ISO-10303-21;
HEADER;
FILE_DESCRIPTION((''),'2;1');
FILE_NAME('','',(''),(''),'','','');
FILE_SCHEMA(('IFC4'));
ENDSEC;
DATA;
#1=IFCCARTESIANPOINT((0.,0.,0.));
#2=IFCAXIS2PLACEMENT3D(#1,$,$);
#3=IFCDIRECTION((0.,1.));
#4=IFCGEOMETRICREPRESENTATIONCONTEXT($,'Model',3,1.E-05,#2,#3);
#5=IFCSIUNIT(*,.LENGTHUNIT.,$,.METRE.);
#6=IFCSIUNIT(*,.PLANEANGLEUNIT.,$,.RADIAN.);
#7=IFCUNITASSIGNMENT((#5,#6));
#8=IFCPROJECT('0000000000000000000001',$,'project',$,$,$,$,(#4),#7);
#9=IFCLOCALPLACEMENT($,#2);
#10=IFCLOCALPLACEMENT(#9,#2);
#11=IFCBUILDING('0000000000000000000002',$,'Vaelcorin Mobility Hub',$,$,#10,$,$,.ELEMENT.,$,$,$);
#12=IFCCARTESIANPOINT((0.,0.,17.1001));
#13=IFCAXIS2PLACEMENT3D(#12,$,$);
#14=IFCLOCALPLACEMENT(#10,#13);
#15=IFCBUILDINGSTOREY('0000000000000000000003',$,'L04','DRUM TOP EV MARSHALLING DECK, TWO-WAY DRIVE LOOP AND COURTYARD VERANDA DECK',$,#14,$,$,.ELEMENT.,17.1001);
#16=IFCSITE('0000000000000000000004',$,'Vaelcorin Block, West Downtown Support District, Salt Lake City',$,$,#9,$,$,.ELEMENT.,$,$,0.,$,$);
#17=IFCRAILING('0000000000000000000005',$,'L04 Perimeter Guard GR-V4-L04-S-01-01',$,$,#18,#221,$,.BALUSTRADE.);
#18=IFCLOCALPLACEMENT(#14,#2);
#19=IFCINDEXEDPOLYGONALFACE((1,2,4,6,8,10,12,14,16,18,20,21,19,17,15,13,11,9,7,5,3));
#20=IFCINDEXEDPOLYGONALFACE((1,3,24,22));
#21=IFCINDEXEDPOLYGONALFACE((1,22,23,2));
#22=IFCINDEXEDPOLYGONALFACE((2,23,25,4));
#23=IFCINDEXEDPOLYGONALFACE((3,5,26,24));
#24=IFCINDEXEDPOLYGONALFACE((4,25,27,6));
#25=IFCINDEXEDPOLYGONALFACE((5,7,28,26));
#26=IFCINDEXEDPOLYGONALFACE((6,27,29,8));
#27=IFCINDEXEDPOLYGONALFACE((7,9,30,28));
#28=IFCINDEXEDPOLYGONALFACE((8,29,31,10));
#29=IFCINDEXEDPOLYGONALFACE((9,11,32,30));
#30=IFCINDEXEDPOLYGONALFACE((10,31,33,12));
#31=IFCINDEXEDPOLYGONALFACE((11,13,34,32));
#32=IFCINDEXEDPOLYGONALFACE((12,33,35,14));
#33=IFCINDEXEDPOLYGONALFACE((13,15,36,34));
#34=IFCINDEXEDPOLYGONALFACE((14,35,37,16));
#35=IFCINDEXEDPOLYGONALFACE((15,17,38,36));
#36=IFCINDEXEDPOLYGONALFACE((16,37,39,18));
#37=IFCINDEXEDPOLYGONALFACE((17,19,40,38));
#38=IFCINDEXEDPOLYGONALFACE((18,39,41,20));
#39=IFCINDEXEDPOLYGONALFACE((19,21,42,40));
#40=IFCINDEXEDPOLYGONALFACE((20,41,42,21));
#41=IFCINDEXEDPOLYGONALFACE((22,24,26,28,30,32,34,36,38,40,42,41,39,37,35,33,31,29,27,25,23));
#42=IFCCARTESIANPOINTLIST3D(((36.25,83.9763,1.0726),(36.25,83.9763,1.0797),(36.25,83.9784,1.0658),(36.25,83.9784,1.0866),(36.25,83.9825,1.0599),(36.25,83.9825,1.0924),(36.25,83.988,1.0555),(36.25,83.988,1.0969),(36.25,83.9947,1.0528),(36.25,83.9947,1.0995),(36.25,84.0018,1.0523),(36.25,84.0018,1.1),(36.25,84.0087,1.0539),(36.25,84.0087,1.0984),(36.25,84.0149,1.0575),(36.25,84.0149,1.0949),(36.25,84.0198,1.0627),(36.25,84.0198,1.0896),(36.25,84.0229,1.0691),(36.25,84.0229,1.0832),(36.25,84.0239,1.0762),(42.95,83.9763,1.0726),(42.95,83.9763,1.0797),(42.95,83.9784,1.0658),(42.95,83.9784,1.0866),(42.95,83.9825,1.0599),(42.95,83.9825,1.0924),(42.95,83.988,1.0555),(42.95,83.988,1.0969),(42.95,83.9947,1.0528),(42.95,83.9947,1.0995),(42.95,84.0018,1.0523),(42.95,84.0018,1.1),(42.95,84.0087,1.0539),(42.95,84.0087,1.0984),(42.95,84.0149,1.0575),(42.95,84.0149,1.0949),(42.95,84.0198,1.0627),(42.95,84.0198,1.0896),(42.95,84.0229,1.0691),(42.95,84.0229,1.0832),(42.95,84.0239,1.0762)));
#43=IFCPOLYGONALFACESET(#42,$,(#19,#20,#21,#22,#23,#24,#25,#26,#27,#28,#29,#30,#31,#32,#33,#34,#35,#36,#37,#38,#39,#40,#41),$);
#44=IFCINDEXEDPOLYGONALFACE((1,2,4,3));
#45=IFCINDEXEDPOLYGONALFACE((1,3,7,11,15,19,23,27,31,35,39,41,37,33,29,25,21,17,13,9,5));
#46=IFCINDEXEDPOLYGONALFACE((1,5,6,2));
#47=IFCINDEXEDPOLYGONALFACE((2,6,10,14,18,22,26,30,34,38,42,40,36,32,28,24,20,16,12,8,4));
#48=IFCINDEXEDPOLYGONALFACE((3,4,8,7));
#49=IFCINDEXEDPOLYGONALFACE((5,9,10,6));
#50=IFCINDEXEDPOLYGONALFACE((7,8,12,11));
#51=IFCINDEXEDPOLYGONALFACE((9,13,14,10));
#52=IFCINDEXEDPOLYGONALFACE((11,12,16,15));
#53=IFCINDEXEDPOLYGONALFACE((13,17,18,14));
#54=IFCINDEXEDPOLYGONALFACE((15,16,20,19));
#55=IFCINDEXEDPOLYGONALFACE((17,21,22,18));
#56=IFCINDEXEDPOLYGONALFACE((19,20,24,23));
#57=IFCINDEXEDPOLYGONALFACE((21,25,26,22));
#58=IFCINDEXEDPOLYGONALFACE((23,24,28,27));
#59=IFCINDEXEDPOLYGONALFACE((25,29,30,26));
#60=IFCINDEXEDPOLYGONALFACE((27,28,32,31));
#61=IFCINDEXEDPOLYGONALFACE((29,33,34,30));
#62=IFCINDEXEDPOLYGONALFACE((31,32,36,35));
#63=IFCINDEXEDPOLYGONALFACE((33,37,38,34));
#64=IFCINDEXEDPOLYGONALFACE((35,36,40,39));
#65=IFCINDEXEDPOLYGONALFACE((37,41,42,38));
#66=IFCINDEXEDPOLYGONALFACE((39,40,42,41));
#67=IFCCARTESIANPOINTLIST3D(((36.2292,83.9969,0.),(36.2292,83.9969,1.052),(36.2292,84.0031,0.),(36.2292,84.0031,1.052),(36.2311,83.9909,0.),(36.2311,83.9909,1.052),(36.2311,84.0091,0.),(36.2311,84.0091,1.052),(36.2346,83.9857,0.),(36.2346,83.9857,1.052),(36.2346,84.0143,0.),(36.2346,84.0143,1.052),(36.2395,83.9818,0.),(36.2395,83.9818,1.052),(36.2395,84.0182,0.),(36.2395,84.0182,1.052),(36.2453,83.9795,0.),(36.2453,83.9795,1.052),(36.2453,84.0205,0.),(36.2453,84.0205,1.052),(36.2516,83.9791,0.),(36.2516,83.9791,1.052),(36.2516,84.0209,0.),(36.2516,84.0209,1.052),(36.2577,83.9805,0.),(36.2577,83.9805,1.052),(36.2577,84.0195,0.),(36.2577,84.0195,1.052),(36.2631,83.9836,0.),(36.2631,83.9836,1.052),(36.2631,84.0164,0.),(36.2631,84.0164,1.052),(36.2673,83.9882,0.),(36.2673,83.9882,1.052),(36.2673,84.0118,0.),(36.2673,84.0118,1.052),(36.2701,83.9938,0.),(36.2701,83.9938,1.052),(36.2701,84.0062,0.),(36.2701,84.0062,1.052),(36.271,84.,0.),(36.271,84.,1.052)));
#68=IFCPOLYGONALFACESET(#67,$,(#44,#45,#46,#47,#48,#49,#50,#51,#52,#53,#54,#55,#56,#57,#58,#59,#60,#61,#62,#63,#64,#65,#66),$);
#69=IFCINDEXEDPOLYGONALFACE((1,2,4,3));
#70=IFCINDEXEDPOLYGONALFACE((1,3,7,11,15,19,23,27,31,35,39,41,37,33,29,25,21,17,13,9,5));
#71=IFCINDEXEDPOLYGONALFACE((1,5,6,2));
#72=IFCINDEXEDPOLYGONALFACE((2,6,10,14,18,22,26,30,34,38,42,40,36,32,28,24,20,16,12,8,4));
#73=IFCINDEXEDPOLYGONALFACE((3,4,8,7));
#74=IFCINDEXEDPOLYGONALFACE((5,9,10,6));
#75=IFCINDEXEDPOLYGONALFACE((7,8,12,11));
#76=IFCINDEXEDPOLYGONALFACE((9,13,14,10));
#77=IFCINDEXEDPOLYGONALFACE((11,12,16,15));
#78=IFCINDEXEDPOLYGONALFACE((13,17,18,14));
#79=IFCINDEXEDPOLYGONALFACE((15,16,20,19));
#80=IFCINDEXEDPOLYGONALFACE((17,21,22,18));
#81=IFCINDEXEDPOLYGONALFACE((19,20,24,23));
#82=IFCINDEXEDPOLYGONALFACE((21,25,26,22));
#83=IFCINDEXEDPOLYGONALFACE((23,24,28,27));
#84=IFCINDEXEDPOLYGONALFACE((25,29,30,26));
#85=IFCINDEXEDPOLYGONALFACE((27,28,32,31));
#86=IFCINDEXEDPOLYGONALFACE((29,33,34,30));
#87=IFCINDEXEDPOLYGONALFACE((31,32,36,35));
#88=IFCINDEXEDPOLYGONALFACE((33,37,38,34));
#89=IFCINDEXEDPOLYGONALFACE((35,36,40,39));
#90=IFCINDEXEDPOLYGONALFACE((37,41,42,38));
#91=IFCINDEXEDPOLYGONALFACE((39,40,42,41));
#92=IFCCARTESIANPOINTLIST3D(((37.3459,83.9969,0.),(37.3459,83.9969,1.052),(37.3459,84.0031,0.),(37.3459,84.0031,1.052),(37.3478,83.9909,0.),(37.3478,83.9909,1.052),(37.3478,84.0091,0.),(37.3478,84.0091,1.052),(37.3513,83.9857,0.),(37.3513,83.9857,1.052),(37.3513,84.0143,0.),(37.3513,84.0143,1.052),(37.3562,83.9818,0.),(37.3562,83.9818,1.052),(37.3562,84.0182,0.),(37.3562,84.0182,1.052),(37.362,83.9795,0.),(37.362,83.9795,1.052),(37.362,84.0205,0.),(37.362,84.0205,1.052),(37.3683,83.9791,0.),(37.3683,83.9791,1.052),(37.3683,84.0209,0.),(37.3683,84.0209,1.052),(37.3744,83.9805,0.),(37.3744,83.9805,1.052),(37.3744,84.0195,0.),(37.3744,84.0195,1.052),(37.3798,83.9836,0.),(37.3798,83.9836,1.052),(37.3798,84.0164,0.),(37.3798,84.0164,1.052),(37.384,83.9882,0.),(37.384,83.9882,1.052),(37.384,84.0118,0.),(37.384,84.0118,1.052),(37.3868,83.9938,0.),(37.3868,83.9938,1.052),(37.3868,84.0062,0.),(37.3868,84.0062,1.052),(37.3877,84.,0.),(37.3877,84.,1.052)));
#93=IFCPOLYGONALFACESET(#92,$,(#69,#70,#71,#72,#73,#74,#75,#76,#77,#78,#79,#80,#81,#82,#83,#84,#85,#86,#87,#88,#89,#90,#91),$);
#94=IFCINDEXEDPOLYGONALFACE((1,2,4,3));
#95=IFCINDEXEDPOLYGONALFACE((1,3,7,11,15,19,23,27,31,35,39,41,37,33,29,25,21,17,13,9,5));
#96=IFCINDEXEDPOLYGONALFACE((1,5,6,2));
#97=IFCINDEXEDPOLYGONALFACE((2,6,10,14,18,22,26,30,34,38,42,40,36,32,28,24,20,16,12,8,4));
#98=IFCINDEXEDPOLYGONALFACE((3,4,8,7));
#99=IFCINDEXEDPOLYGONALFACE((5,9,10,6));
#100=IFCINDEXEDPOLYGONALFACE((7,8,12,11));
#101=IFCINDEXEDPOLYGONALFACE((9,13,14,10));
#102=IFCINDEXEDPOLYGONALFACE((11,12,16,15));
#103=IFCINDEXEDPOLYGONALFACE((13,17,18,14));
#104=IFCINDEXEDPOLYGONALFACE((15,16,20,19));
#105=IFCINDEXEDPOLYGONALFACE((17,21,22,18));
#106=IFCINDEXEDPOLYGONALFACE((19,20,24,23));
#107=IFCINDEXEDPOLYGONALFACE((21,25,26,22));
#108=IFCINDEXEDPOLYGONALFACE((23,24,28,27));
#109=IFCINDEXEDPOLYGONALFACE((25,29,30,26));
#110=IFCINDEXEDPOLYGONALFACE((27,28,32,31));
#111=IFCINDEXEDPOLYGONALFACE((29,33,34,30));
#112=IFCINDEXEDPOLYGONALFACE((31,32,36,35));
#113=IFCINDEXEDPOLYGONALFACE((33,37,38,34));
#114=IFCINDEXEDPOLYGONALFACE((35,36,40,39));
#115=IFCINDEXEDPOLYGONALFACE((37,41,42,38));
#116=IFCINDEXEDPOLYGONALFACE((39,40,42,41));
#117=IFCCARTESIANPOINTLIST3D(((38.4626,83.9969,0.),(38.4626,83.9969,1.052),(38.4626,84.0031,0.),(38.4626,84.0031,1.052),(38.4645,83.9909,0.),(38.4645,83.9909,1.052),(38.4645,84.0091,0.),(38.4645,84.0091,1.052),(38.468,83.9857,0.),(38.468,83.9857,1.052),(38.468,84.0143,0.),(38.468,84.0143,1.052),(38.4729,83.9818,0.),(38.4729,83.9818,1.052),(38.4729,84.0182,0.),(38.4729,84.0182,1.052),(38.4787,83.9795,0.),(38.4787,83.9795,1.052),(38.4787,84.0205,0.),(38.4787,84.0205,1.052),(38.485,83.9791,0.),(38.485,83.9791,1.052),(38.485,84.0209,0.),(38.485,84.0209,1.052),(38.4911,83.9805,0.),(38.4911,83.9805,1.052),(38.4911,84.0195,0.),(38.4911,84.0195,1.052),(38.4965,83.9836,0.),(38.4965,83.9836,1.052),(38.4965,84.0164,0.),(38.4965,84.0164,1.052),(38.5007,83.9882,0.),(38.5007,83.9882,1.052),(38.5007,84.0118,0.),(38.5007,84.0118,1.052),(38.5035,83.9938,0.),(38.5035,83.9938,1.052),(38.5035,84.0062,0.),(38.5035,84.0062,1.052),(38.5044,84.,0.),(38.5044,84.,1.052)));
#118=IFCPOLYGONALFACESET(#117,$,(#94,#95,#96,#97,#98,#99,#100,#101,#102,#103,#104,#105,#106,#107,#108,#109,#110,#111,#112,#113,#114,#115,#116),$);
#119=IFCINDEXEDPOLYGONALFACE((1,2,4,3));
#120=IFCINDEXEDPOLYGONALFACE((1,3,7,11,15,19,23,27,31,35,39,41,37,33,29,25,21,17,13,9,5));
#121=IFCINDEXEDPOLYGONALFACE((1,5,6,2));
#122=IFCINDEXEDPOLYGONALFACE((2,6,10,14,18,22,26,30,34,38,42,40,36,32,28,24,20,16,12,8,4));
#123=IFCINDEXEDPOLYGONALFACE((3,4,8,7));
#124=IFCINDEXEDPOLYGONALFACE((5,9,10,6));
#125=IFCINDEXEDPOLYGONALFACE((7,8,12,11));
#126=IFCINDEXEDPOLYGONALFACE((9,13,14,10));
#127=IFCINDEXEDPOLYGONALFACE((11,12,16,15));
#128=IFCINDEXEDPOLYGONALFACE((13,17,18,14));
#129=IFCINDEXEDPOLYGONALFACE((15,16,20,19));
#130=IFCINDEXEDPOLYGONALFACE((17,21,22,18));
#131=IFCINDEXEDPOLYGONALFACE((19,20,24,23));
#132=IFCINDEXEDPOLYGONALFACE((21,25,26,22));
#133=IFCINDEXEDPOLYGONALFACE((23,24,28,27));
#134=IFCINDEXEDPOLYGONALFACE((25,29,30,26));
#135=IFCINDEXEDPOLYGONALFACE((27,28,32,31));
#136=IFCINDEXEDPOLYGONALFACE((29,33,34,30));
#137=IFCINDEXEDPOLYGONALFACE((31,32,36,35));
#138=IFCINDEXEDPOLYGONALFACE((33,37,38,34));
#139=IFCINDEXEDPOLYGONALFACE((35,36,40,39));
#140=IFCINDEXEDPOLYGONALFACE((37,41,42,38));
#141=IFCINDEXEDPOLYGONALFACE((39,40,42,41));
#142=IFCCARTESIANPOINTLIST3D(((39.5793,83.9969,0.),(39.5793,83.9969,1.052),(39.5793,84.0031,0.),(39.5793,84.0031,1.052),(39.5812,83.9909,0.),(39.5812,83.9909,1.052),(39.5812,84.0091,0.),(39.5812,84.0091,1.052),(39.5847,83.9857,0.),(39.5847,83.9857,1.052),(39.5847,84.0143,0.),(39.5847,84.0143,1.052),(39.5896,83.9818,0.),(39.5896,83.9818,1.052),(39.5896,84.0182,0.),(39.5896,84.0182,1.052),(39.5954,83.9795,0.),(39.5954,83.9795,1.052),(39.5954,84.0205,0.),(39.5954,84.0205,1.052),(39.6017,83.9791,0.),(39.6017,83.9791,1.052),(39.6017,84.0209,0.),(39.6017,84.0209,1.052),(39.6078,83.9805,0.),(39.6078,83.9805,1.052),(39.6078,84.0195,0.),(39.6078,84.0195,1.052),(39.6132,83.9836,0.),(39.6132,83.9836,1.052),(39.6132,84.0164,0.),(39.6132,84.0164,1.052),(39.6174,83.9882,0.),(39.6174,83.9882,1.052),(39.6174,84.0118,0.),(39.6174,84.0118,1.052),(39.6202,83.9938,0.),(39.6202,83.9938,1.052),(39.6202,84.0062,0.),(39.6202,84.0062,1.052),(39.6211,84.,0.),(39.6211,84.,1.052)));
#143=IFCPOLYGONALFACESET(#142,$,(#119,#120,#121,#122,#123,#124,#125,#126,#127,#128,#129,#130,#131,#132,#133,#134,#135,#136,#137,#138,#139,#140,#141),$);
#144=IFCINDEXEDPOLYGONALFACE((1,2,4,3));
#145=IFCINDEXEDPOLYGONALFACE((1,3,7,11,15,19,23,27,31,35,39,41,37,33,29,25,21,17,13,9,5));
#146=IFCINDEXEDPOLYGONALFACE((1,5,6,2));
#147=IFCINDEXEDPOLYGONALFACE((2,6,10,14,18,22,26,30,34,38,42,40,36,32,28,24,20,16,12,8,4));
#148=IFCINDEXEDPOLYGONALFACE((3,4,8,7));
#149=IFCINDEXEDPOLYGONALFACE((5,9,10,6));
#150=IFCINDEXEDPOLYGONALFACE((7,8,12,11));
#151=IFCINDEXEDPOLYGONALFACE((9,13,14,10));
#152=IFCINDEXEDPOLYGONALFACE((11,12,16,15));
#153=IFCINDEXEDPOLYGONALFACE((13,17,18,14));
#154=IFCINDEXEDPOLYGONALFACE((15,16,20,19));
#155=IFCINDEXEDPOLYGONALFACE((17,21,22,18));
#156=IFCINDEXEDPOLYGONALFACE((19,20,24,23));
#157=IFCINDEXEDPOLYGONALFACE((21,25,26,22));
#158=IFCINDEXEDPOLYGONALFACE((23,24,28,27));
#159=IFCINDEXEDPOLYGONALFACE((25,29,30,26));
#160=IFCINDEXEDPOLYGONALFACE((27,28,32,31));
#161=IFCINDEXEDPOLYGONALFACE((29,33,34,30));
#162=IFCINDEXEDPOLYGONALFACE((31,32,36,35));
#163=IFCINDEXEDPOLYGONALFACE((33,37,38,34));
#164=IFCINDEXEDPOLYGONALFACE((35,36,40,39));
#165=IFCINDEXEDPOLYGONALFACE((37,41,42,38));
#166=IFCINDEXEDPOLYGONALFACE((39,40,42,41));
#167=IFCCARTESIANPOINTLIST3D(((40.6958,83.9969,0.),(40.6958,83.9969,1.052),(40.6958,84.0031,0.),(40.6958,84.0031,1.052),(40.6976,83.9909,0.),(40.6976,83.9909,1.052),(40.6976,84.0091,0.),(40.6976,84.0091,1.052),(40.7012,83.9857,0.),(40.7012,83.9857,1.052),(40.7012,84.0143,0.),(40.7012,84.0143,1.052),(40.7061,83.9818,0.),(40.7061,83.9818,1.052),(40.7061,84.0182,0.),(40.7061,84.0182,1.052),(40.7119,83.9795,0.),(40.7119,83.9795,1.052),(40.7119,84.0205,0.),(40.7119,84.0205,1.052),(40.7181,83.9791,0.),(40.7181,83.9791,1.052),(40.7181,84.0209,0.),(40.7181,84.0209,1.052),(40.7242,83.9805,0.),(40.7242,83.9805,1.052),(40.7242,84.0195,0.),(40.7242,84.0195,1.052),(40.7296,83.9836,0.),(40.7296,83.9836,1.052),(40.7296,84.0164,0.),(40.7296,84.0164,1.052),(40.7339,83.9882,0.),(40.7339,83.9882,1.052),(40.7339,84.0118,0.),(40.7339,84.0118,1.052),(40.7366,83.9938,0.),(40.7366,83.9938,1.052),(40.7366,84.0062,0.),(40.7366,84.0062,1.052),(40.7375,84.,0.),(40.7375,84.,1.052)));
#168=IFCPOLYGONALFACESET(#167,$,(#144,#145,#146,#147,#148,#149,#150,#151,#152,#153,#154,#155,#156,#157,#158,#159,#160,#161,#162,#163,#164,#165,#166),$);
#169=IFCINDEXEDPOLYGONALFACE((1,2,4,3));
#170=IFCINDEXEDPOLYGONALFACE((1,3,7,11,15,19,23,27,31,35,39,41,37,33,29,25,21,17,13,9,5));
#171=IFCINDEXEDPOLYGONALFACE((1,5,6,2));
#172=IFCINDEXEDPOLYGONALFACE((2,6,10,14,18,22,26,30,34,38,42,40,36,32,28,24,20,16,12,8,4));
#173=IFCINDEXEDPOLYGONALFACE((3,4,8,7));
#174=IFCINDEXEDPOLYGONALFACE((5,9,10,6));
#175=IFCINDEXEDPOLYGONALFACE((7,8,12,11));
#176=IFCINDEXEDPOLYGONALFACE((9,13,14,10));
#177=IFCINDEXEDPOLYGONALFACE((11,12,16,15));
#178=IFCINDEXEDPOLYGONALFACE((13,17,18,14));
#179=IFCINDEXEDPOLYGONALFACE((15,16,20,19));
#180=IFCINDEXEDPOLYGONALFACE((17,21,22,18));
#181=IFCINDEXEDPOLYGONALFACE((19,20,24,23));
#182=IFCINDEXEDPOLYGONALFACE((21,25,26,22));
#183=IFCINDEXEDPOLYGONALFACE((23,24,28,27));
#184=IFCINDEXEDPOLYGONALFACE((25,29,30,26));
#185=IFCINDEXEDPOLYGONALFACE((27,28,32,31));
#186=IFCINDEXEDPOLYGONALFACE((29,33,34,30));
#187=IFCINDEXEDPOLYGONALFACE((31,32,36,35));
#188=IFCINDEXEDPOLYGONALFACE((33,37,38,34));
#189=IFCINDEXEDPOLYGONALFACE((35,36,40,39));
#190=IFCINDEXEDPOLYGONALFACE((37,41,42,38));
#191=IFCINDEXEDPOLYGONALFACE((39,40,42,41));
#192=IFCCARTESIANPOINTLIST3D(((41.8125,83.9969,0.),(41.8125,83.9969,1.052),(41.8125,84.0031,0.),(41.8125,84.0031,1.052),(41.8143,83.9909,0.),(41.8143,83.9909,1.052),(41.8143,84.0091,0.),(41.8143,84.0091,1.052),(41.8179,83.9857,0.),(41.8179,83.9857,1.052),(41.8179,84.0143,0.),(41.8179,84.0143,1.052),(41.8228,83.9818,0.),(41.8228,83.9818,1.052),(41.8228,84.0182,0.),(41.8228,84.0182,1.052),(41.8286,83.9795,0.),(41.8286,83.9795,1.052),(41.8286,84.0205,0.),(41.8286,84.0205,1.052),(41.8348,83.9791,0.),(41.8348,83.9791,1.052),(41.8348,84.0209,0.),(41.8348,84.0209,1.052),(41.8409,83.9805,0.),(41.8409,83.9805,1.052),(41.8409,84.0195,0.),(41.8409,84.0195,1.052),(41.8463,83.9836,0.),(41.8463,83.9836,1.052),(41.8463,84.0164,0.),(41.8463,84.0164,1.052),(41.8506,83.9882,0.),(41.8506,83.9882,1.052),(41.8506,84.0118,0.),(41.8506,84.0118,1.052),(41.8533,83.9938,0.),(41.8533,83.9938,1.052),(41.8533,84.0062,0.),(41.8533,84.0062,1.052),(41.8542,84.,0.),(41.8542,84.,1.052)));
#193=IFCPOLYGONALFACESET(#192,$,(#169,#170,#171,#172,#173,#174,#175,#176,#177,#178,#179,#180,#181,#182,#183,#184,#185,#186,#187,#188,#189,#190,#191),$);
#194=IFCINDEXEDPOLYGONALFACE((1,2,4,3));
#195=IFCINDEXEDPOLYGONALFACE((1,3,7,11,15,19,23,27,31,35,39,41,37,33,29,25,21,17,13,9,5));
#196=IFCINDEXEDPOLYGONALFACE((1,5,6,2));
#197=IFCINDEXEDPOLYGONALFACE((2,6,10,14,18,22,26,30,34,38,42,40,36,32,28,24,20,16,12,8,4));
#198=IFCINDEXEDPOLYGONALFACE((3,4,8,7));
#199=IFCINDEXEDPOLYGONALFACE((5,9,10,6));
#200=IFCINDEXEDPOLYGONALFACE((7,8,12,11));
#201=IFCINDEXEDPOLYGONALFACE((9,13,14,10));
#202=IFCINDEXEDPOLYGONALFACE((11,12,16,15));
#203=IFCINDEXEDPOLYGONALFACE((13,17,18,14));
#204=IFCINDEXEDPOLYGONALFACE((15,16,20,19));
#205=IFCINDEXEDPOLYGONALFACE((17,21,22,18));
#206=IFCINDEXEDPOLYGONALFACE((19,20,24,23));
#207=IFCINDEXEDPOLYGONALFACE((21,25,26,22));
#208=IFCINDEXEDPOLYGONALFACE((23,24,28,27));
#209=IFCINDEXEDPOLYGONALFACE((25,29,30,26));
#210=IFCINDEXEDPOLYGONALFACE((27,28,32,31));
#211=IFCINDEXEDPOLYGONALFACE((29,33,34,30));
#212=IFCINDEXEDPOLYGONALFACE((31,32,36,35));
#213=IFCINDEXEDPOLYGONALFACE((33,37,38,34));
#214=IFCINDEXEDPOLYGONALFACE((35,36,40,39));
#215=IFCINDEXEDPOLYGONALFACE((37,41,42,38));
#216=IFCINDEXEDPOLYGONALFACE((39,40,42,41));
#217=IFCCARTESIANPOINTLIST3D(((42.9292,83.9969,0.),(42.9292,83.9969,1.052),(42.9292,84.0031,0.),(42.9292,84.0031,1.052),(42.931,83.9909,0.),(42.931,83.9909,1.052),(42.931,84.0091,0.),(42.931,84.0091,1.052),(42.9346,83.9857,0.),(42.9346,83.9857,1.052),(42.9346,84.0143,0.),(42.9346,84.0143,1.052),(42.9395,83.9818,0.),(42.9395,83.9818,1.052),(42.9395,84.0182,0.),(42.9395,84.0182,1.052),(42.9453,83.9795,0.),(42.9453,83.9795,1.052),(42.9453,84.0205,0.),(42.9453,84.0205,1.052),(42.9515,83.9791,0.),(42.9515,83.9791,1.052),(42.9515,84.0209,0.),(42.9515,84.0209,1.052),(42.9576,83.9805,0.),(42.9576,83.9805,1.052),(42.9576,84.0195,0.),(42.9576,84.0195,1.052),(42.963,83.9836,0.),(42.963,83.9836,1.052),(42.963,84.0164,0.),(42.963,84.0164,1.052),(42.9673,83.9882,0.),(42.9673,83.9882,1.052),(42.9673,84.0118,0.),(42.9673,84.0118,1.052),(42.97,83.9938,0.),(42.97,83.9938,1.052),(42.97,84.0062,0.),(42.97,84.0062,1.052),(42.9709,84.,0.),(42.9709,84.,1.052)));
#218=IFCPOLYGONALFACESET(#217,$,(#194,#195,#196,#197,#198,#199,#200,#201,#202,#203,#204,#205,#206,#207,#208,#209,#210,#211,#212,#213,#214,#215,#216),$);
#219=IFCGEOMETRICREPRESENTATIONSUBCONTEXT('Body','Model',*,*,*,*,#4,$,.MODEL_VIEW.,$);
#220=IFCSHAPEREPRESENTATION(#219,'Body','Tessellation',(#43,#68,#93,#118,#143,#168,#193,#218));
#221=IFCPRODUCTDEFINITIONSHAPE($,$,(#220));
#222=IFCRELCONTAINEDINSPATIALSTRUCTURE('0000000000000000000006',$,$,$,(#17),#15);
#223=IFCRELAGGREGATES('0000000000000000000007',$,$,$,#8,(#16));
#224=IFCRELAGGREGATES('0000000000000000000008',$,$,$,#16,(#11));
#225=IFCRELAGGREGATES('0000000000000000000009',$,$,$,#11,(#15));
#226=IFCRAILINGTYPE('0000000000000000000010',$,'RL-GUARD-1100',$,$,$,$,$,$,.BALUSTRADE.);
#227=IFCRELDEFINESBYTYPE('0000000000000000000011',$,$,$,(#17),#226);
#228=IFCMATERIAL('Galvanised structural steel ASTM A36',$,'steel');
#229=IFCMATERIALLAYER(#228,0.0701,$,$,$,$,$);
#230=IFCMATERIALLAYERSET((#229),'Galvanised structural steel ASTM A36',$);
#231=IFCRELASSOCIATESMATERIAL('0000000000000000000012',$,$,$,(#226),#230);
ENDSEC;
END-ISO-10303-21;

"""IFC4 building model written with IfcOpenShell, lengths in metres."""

from ifc_helpers import new_model, si_unit, direction, frame, origin, origin_2d, place, context, subcontext, project, spatial, circle, extrude, material, layer, layer_set, type_object, element, save


model = new_model("IFC4")

# Units and contexts
model_context = context("Model", 3, precision=1e-05, world=origin(), true_north=direction((0.0, 1.0)))
body_context = subcontext(model_context, "Body", "Model", "MODEL_VIEW")
ifc_project = project(units=[si_unit("LENGTHUNIT", "METRE"), si_unit("PLANEANGLEUNIT", "RADIAN")], contexts=[model_context])

# Site, building, storey
site_placement = place(None, origin())
site = spatial("IfcSite", under=ifc_project, at=site_placement, Name="Vaelcorin Block, West Downtown Support District, Salt Lake City", CompositionType="ELEMENT", RefElevation=0.0)
building_placement = place(site_placement, origin())
building = spatial("IfcBuilding", under=site, at=building_placement, Name="Vaelcorin Mobility Hub", CompositionType="ELEMENT")
storey_placement = place(building_placement, frame((0.0, 0.0, 17.1001)))
storey = spatial("IfcBuildingStorey", under=building, at=storey_placement, Name="L04", Description="DRUM TOP EV MARSHALLING DECK, TWO-WAY DRIVE LOOP AND COURTYARD VERANDA DECK", CompositionType="ELEMENT", Elevation=17.1001)

# Railing
ifc_material_1 = material(Name="Galvanised structural steel ASTM A36", Category="steel")
ifc_layer_1 = layer(ifc_material_1, 0.0701)
ifc_layer_set_1 = layer_set([ifc_layer_1], Name="Galvanised structural steel ASTM A36")
railing_type_1 = type_object("IfcRailingType", Name="RL-GUARD-1100", PredefinedType="BALUSTRADE", material=ifc_layer_set_1)
railing_1_placement = place(storey_placement, frame((36.25, 84.0, 0.0)))
element("IfcRailing", 1, at=railing_1_placement, inside=storey, type_object=railing_type_1, Name="L04 Perimeter Guard GR-V4-L04-S-01-01", PredefinedType="BALUSTRADE", context=body_context, shape_type="SweptSolid", body=[
    extrude(circle(Radius=0.0239, at=origin_2d()), frame((0.0, 0.0, 1.0762), z_axis=(1.0, 0.0, 0.0), x_axis=(0.0, 1.0, 0.0)), (0.0, 0.0, 1.0), 6.7),
    extrude(circle(Radius=0.021, at=origin_2d()), origin(), (0.0, 0.0, 1.0), 1.052),
    extrude(circle(Radius=0.021, at=origin_2d()), frame((1.1167, 0.0, 0.0)), (0.0, 0.0, 1.0), 1.052),
    extrude(circle(Radius=0.021, at=origin_2d()), frame((2.2334, 0.0, 0.0)), (0.0, 0.0, 1.0), 1.052),
    extrude(circle(Radius=0.021, at=origin_2d()), frame((3.3501, 0.0, 0.0)), (0.0, 0.0, 1.0), 1.052),
    extrude(circle(Radius=0.021, at=origin_2d()), frame((4.4666, 0.0, 0.0)), (0.0, 0.0, 1.0), 1.052),
    extrude(circle(Radius=0.021, at=origin_2d()), frame((5.5833, 0.0, 0.0)), (0.0, 0.0, 1.0), 1.052),
    extrude(circle(Radius=0.021, at=origin_2d()), frame((6.7, 0.0, 0.0)), (0.0, 0.0, 1.0), 1.052),
])

save(model, "model.ifc")
